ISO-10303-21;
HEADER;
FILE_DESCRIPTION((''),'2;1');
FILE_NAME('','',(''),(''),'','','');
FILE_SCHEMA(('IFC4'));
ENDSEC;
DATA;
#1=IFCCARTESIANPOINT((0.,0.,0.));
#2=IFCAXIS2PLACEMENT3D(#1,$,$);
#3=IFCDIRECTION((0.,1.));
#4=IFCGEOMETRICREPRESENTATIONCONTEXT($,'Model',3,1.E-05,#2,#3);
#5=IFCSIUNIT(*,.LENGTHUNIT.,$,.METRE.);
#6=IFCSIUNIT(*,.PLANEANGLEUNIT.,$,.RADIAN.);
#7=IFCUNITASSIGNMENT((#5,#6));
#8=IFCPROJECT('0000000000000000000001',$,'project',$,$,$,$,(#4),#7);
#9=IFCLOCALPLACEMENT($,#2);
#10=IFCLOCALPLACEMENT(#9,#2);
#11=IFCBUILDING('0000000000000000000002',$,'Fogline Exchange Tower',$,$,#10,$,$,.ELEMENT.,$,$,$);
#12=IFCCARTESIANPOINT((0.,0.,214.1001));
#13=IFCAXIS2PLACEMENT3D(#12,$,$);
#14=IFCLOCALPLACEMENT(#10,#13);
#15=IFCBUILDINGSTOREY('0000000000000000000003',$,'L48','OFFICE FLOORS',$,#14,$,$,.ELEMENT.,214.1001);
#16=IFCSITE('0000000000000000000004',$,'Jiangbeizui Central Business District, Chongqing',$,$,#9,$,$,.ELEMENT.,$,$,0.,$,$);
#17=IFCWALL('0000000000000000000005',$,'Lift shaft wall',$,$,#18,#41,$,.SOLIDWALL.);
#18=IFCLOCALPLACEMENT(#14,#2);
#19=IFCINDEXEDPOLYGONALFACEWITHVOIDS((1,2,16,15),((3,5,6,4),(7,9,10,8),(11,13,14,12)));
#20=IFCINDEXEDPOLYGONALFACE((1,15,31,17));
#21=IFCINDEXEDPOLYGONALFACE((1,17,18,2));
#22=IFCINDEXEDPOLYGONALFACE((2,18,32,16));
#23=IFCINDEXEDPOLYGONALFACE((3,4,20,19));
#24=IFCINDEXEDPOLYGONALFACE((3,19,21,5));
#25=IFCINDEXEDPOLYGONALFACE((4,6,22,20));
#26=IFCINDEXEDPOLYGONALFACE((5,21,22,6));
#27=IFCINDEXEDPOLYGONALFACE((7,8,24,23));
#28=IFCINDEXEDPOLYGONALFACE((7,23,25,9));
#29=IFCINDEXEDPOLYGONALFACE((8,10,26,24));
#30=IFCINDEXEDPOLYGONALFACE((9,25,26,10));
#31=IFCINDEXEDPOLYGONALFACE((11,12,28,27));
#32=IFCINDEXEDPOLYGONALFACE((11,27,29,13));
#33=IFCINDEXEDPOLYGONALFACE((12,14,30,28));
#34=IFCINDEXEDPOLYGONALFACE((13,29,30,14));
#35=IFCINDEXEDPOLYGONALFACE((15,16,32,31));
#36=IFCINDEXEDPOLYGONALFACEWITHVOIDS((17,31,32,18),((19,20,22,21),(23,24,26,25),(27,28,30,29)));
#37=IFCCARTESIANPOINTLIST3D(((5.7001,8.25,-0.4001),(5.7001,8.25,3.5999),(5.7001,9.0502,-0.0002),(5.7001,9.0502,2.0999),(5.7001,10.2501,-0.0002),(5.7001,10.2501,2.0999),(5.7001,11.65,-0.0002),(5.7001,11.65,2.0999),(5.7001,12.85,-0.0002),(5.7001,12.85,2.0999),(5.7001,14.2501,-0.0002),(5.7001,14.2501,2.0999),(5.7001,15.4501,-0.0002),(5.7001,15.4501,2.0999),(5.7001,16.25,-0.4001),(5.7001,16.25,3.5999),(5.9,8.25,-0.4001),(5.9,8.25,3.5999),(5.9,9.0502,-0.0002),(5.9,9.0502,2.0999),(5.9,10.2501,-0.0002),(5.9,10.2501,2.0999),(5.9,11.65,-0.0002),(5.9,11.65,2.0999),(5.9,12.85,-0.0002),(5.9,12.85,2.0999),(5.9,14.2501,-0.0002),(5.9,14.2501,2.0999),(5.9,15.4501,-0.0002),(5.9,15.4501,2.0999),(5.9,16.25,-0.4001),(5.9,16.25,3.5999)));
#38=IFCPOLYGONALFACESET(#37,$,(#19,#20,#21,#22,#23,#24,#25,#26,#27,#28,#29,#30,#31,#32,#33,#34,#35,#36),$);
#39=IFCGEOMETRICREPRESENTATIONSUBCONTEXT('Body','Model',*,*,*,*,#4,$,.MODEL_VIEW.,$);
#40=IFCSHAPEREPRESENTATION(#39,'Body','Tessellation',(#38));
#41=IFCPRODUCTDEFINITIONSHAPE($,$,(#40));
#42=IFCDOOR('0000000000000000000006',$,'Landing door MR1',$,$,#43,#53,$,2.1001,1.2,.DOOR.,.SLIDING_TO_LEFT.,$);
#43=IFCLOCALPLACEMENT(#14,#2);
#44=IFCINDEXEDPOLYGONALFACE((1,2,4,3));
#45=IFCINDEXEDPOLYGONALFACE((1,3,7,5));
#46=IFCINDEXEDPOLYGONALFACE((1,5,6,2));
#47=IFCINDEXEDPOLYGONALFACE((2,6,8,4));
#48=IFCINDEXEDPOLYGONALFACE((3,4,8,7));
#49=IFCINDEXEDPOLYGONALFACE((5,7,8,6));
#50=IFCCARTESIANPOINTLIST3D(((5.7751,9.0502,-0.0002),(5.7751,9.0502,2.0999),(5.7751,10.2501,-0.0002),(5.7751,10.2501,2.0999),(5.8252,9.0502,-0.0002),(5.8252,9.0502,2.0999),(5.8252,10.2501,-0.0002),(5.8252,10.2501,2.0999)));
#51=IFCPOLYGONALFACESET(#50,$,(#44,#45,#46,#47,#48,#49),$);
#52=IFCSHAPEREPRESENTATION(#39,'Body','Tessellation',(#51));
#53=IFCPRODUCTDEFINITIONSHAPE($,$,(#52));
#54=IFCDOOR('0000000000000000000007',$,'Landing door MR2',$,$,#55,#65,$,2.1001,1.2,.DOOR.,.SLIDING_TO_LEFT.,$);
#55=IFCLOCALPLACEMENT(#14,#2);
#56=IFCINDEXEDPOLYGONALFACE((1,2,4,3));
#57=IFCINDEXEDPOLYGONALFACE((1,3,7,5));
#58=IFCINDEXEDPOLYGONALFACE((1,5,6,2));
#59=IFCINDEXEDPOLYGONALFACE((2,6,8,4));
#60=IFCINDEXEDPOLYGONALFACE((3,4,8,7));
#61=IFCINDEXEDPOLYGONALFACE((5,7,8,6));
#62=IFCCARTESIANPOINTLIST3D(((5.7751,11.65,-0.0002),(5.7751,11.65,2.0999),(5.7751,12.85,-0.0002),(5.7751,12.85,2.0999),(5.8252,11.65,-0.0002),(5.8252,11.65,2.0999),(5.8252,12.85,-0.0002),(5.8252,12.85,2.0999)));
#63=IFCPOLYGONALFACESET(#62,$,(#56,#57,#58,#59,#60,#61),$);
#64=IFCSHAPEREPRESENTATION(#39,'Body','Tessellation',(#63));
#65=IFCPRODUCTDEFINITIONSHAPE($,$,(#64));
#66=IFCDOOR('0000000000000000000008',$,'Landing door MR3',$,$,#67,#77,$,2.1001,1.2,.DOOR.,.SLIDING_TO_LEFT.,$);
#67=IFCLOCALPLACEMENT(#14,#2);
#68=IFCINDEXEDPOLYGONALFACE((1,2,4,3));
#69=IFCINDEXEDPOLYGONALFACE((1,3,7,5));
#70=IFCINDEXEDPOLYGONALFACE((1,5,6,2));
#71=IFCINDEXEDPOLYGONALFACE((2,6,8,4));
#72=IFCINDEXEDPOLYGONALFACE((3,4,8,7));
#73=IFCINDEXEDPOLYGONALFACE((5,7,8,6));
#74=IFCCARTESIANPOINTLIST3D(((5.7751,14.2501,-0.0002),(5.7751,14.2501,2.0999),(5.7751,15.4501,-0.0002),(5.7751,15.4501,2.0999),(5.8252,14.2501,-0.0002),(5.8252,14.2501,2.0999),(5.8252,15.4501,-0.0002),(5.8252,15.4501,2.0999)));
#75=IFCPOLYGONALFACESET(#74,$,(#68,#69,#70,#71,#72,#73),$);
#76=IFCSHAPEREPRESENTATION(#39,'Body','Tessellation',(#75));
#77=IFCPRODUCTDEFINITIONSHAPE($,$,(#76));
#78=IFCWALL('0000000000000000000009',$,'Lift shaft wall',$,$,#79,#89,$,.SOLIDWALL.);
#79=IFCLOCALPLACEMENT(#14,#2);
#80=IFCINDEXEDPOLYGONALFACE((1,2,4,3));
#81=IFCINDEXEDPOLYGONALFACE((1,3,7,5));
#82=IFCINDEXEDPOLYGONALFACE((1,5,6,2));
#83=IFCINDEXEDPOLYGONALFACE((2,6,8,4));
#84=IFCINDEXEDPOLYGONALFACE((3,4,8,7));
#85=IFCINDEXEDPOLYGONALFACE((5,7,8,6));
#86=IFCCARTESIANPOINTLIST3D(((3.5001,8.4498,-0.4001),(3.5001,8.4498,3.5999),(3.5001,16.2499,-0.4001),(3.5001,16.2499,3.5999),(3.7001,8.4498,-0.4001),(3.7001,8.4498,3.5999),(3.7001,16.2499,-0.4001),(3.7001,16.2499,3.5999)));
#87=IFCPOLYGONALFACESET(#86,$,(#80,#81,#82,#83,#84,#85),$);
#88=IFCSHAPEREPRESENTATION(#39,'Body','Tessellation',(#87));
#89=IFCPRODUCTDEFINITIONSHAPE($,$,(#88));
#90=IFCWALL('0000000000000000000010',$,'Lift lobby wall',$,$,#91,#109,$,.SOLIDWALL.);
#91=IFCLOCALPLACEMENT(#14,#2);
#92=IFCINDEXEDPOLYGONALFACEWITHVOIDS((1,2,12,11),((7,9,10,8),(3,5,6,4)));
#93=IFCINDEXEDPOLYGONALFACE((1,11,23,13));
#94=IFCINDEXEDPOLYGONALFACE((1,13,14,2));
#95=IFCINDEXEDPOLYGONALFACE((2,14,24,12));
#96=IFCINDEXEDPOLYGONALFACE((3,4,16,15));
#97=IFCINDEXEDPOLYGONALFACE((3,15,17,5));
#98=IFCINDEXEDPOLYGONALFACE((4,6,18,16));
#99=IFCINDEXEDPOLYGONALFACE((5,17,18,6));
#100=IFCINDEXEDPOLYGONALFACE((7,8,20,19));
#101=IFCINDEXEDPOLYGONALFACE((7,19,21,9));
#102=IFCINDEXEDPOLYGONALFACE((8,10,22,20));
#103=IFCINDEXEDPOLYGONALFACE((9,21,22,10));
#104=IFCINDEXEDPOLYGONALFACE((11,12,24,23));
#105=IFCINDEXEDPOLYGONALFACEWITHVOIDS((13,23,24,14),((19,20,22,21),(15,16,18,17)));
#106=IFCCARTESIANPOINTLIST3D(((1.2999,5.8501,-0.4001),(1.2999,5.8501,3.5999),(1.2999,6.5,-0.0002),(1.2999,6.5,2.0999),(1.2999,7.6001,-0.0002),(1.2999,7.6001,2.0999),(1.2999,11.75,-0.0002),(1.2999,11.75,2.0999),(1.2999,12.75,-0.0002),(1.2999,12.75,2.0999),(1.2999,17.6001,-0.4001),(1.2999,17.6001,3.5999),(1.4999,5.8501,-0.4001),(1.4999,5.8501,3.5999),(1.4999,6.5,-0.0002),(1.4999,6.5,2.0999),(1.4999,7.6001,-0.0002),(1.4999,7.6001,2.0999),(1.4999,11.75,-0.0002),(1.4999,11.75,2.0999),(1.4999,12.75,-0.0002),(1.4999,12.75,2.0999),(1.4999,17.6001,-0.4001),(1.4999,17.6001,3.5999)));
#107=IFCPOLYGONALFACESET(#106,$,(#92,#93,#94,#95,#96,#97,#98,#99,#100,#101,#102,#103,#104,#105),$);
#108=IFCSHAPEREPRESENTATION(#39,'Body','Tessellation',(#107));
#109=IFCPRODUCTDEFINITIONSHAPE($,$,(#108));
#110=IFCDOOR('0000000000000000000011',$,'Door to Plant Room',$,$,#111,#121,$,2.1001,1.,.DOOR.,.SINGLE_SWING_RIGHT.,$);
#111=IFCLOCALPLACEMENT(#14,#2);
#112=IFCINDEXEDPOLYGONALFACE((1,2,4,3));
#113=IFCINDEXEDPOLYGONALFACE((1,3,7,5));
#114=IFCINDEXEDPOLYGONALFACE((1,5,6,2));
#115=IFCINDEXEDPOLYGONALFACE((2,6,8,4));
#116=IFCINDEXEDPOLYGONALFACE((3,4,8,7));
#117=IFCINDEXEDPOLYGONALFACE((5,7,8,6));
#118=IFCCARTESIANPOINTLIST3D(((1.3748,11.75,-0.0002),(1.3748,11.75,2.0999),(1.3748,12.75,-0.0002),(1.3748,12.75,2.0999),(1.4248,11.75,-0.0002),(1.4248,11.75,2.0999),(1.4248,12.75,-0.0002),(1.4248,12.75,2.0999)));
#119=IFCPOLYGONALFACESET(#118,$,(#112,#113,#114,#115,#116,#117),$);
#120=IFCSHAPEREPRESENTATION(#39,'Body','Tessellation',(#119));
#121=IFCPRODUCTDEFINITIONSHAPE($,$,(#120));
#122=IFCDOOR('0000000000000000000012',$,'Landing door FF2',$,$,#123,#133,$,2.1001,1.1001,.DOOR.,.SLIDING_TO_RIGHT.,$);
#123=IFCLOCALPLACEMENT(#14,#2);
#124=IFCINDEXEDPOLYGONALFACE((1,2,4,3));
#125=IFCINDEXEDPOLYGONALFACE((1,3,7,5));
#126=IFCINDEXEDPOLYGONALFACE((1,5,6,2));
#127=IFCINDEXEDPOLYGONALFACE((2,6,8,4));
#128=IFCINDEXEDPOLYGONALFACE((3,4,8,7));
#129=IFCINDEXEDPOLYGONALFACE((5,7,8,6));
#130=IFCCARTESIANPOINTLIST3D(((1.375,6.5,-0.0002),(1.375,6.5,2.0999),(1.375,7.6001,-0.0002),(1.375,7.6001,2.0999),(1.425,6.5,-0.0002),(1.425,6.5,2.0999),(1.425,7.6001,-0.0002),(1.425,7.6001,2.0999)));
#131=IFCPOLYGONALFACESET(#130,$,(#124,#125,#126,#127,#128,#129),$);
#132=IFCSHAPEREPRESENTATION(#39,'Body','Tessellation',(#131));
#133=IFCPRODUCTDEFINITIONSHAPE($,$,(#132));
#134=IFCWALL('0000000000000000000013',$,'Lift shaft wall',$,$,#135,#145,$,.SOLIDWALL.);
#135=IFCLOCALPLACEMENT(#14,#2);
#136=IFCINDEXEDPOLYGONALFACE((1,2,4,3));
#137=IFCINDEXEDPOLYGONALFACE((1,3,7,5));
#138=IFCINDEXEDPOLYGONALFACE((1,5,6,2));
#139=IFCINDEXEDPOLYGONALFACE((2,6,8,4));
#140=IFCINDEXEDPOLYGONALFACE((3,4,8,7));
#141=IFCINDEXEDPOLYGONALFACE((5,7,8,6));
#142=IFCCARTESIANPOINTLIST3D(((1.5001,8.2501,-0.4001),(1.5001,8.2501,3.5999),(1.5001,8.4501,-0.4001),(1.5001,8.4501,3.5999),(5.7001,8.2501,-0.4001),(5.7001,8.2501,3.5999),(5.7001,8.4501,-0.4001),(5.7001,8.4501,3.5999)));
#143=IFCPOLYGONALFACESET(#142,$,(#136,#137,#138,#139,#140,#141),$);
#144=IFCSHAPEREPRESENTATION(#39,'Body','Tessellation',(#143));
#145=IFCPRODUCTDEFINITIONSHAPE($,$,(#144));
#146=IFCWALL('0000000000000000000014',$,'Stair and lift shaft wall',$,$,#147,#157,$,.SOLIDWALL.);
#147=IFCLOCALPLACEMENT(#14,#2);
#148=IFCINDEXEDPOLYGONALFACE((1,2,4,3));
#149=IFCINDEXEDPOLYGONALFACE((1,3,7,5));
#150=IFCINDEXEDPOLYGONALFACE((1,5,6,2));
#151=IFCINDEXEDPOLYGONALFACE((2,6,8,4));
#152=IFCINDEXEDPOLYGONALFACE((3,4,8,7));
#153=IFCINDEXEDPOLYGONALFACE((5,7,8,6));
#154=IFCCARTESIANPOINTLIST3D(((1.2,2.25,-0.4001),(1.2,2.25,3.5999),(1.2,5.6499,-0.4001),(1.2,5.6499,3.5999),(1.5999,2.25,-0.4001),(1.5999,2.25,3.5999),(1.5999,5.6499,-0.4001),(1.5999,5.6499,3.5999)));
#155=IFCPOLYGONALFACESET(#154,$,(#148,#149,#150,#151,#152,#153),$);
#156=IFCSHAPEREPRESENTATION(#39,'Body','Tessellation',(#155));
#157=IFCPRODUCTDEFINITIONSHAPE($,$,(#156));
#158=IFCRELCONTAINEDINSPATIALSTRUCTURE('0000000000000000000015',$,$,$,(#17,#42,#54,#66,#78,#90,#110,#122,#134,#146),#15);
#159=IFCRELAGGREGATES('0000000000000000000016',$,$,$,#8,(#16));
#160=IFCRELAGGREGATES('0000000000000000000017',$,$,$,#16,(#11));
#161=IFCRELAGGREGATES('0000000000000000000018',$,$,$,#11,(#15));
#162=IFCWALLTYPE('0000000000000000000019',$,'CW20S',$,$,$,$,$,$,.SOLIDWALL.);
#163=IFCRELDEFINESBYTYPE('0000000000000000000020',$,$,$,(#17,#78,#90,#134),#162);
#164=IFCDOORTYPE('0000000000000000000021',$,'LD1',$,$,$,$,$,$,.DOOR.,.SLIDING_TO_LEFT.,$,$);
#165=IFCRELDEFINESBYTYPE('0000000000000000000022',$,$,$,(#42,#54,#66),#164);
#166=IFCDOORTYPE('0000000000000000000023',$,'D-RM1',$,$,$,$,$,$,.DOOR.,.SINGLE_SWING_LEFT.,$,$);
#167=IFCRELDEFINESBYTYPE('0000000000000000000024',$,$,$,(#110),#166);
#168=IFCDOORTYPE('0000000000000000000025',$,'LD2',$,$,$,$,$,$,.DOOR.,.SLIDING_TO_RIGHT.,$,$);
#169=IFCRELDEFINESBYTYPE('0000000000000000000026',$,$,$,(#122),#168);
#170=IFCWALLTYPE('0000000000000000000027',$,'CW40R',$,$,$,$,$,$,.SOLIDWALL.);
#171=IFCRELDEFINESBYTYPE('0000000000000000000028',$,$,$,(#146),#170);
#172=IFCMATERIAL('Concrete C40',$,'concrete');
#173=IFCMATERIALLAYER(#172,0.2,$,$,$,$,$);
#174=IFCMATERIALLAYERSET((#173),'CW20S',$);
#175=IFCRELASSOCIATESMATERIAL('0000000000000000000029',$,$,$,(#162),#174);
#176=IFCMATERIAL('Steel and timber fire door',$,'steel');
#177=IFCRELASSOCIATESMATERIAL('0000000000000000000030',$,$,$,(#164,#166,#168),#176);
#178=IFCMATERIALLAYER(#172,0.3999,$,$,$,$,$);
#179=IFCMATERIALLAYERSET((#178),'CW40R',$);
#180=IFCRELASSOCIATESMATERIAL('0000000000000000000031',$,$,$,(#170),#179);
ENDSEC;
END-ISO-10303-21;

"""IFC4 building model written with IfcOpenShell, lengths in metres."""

from ifc_helpers import new_model, si_unit, direction, frame, frame_2d, origin, place, context, subcontext, project, spatial, rectangle, extrude, material, layer, layer_set, type_object, element, fill, save


model = new_model("IFC4")

# Units and contexts
model_context = context("Model", 3, precision=1e-05, world=origin(), true_north=direction((0.0, 1.0)))
body_context = subcontext(model_context, "Body", "Model", "MODEL_VIEW")
ifc_project = project(units=[si_unit("LENGTHUNIT", "METRE"), si_unit("PLANEANGLEUNIT", "RADIAN")], contexts=[model_context])

# Site, building, storey
site_placement = place(None, origin())
site = spatial("IfcSite", under=ifc_project, at=site_placement, Name="Jiangbeizui Central Business District, Chongqing", CompositionType="ELEMENT", RefElevation=0.0)
building_placement = place(site_placement, origin())
building = spatial("IfcBuilding", under=site, at=building_placement, Name="Fogline Exchange Tower", CompositionType="ELEMENT")
storey_placement = place(building_placement, frame((0.0, 0.0, 214.1001)))
storey = spatial("IfcBuildingStorey", under=building, at=storey_placement, Name="L48", Description="OFFICE FLOORS", CompositionType="ELEMENT", Elevation=214.1001)

# Shared definitions
ifc_material_1 = material(Name="Concrete C40", Category="concrete")

# Shared definitions
ifc_material_2 = material(Name="Steel and timber fire door", Category="steel")

# Shared definitions
ifc_layer_1 = layer(ifc_material_1, 0.2)
ifc_layer_set_1 = layer_set([ifc_layer_1], Name="CW20S")
wall_type_1 = type_object("IfcWallType", Name="CW20S", PredefinedType="SOLIDWALL", material=ifc_layer_set_1)

# Wall, openings, doors
wall_1_placement = place(storey_placement, frame((5.8, 8.25, -0.4001), z_axis=(0.0, 0.0, 1.0), x_axis=(0.0, 1.0, 0.0)))
wall_1 = element("IfcWall", 1, at=wall_1_placement, inside=storey, type_object=wall_type_1, Name="Lift shaft wall", PredefinedType="SOLIDWALL", context=body_context, shape_type="SweptSolid", body=[
    extrude(rectangle(XDim=8.0, YDim=0.2, at=frame_2d((4.0, 0.0))), origin(), (0.0, 0.0, 1.0), 4.0),
])
opening_1_placement = place(wall_1_placement, frame((0.8, 0.0, 0.3999)))
opening_1 = element("IfcOpeningElement", 2, at=opening_1_placement, cuts=wall_1, PredefinedType="OPENING", context=body_context, shape_type="SweptSolid", body=[
    extrude(rectangle(XDim=1.2, YDim=2.1001, at=frame_2d((0.6001, 1.05))), frame((0.0, 0.1099, 0.0), z_axis=(0.0, -1.0, 0.0), x_axis=(1.0, 0.0, 0.0)), (0.0, 0.0, 1.0), 0.22),
])
opening_2_placement = place(wall_1_placement, frame((3.3999, 0.0, 0.3999)))
opening_2 = element("IfcOpeningElement", 3, at=opening_2_placement, cuts=wall_1, PredefinedType="OPENING", context=body_context, shape_type="SweptSolid", body=[
    extrude(rectangle(XDim=1.2, YDim=2.1001, at=frame_2d((0.6001, 1.05))), frame((0.0, 0.1099, 0.0), z_axis=(0.0, -1.0, 0.0), x_axis=(1.0, 0.0, 0.0)), (0.0, 0.0, 1.0), 0.22),
])
opening_3_placement = place(wall_1_placement, frame((6.0, 0.0, 0.3999)))
opening_3 = element("IfcOpeningElement", 4, at=opening_3_placement, cuts=wall_1, PredefinedType="OPENING", context=body_context, shape_type="SweptSolid", body=[
    extrude(rectangle(XDim=1.2, YDim=2.1001, at=frame_2d((0.6001, 1.05))), frame((0.0, 0.1099, 0.0), z_axis=(0.0, -1.0, 0.0), x_axis=(1.0, 0.0, 0.0)), (0.0, 0.0, 1.0), 0.22),
])
door_type_1 = type_object("IfcDoorType", Name="LD1", OperationType="SLIDING_TO_LEFT", PredefinedType="DOOR", material=ifc_material_2)
door_1_placement = place(opening_1_placement, origin())
door_1 = element("IfcDoor", 5, at=door_1_placement, inside=storey, type_object=door_type_1, Name="Landing door MR1", OperationType="SLIDING_TO_LEFT", OverallHeight=2.1001, OverallWidth=1.2, PredefinedType="DOOR", context=body_context, shape_type="SweptSolid", body=[
    extrude(rectangle(XDim=1.2, YDim=2.1001, at=frame_2d((0.6001, 1.05))), frame((0.0, 0.0249, 0.0), z_axis=(0.0, -1.0, 0.0), x_axis=(1.0, 0.0, 0.0)), (0.0, 0.0, 1.0), 0.05),
])
fill(opening_1, door_1)
door_2_placement = place(opening_2_placement, origin())
door_2 = element("IfcDoor", 6, at=door_2_placement, inside=storey, type_object=door_type_1, Name="Landing door MR2", OperationType="SLIDING_TO_LEFT", OverallHeight=2.1001, OverallWidth=1.2, PredefinedType="DOOR", context=body_context, shape_type="SweptSolid", body=[
    extrude(rectangle(XDim=1.2, YDim=2.1001, at=frame_2d((0.6001, 1.05))), frame((0.0, 0.0249, 0.0), z_axis=(0.0, -1.0, 0.0), x_axis=(1.0, 0.0, 0.0)), (0.0, 0.0, 1.0), 0.05),
])
fill(opening_2, door_2)
door_3_placement = place(opening_3_placement, origin())
door_3 = element("IfcDoor", 7, at=door_3_placement, inside=storey, type_object=door_type_1, Name="Landing door MR3", OperationType="SLIDING_TO_LEFT", OverallHeight=2.1001, OverallWidth=1.2, PredefinedType="DOOR", context=body_context, shape_type="SweptSolid", body=[
    extrude(rectangle(XDim=1.2, YDim=2.1001, at=frame_2d((0.6001, 1.05))), frame((0.0, 0.0249, 0.0), z_axis=(0.0, -1.0, 0.0), x_axis=(1.0, 0.0, 0.0)), (0.0, 0.0, 1.0), 0.05),
])
fill(opening_3, door_3)

# Wall
wall_2_placement = place(storey_placement, frame((3.6001, 8.45, -0.4001), z_axis=(0.0, 0.0, 1.0), x_axis=(0.0, 1.0, 0.0)))
element("IfcWall", 8, at=wall_2_placement, inside=storey, type_object=wall_type_1, Name="Lift shaft wall", PredefinedType="SOLIDWALL", context=body_context, shape_type="SweptSolid", body=[
    extrude(rectangle(XDim=7.8, YDim=0.2, at=frame_2d((3.8999, 0.0))), origin(), (0.0, 0.0, 1.0), 4.0),
])

# Wall, openings, doors
wall_3_placement = place(storey_placement, frame((1.3999, 5.8501, -0.4001), z_axis=(0.0, 0.0, 1.0), x_axis=(0.0, 1.0, 0.0)))
wall_3 = element("IfcWall", 9, at=wall_3_placement, inside=storey, type_object=wall_type_1, Name="Lift lobby wall", PredefinedType="SOLIDWALL", context=body_context, shape_type="SweptSolid", body=[
    extrude(rectangle(XDim=11.75, YDim=0.2, at=frame_2d((5.875, 0.0))), origin(), (0.0, 0.0, 1.0), 4.0),
])
opening_4_placement = place(wall_3_placement, frame((0.6499, 0.0, 0.3999)))
opening_4 = element("IfcOpeningElement", 10, at=opening_4_placement, cuts=wall_3, PredefinedType="OPENING", context=body_context, shape_type="SweptSolid", body=[
    extrude(rectangle(XDim=1.1001, YDim=2.1001, at=frame_2d((0.55, 1.05))), frame((0.0, 0.1099, 0.0), z_axis=(0.0, -1.0, 0.0), x_axis=(1.0, 0.0, 0.0)), (0.0, 0.0, 1.0), 0.22),
])
opening_5_placement = place(wall_3_placement, frame((5.8999, 0.0, 0.3999)))
opening_5 = element("IfcOpeningElement", 11, at=opening_5_placement, cuts=wall_3, PredefinedType="OPENING", context=body_context, shape_type="SweptSolid", body=[
    extrude(rectangle(XDim=1.0, YDim=2.1001, at=frame_2d((0.5, 1.05))), frame((0.0, 0.1099, 0.0), z_axis=(0.0, -1.0, 0.0), x_axis=(1.0, 0.0, 0.0)), (0.0, 0.0, 1.0), 0.22),
])
door_type_2 = type_object("IfcDoorType", Name="D-RM1", OperationType="SINGLE_SWING_LEFT", PredefinedType="DOOR", material=ifc_material_2)
door_4_placement = place(opening_5_placement, frame((1.0, 0.0, 0.0), z_axis=(0.0, 0.0, 1.0), x_axis=(-1.0, 0.0, 0.0)))
door_4 = element("IfcDoor", 12, at=door_4_placement, inside=storey, type_object=door_type_2, Name="Door to Plant Room", OperationType="SINGLE_SWING_RIGHT", OverallHeight=2.1001, OverallWidth=1.0, PredefinedType="DOOR", context=body_context, shape_type="SweptSolid", body=[
    extrude(rectangle(XDim=1.0, YDim=2.1001, at=frame_2d((0.5, 1.05))), frame((0.0, 0.0249, 0.0), z_axis=(0.0, -1.0, 0.0), x_axis=(1.0, 0.0, 0.0)), (0.0, 0.0, 1.0), 0.05),
])
fill(opening_5, door_4)
door_type_3 = type_object("IfcDoorType", Name="LD2", OperationType="SLIDING_TO_RIGHT", PredefinedType="DOOR", material=ifc_material_2)
door_5_placement = place(opening_4_placement, origin())
door_5 = element("IfcDoor", 13, at=door_5_placement, inside=storey, type_object=door_type_3, Name="Landing door FF2", OperationType="SLIDING_TO_RIGHT", OverallHeight=2.1001, OverallWidth=1.1001, PredefinedType="DOOR", context=body_context, shape_type="SweptSolid", body=[
    extrude(rectangle(XDim=1.1001, YDim=2.1001, at=frame_2d((0.55, 1.05))), frame((0.0, 0.0249, 0.0), z_axis=(0.0, -1.0, 0.0), x_axis=(1.0, 0.0, 0.0)), (0.0, 0.0, 1.0), 0.05),
])
fill(opening_4, door_5)

# Walls
wall_4_placement = place(storey_placement, frame((1.5, 8.3501, -0.4001), z_axis=(0.0, 0.0, 1.0), x_axis=(1.0, 0.0, 0.0)))
element("IfcWall", 14, at=wall_4_placement, inside=storey, type_object=wall_type_1, Name="Lift shaft wall", PredefinedType="SOLIDWALL", context=body_context, shape_type="SweptSolid", body=[
    extrude(rectangle(XDim=4.2, YDim=0.2, at=frame_2d((2.1001, 0.0))), origin(), (0.0, 0.0, 1.0), 4.0),
])
ifc_layer_2 = layer(ifc_material_1, 0.3999)
ifc_layer_set_2 = layer_set([ifc_layer_2], Name="CW40R")
wall_type_2 = type_object("IfcWallType", Name="CW40R", PredefinedType="SOLIDWALL", material=ifc_layer_set_2)
wall_5_placement = place(storey_placement, frame((1.3999, 2.25, -0.4001), z_axis=(0.0, 0.0, 1.0), x_axis=(0.0, 1.0, 0.0)))
element("IfcWall", 15, at=wall_5_placement, inside=storey, type_object=wall_type_2, Name="Stair and lift shaft wall", PredefinedType="SOLIDWALL", context=body_context, shape_type="SweptSolid", body=[
    extrude(rectangle(XDim=3.3999, YDim=0.3999, at=frame_2d((1.7, 0.0))), origin(), (0.0, 0.0, 1.0), 4.0),
])

save(model, "model.ifc")
